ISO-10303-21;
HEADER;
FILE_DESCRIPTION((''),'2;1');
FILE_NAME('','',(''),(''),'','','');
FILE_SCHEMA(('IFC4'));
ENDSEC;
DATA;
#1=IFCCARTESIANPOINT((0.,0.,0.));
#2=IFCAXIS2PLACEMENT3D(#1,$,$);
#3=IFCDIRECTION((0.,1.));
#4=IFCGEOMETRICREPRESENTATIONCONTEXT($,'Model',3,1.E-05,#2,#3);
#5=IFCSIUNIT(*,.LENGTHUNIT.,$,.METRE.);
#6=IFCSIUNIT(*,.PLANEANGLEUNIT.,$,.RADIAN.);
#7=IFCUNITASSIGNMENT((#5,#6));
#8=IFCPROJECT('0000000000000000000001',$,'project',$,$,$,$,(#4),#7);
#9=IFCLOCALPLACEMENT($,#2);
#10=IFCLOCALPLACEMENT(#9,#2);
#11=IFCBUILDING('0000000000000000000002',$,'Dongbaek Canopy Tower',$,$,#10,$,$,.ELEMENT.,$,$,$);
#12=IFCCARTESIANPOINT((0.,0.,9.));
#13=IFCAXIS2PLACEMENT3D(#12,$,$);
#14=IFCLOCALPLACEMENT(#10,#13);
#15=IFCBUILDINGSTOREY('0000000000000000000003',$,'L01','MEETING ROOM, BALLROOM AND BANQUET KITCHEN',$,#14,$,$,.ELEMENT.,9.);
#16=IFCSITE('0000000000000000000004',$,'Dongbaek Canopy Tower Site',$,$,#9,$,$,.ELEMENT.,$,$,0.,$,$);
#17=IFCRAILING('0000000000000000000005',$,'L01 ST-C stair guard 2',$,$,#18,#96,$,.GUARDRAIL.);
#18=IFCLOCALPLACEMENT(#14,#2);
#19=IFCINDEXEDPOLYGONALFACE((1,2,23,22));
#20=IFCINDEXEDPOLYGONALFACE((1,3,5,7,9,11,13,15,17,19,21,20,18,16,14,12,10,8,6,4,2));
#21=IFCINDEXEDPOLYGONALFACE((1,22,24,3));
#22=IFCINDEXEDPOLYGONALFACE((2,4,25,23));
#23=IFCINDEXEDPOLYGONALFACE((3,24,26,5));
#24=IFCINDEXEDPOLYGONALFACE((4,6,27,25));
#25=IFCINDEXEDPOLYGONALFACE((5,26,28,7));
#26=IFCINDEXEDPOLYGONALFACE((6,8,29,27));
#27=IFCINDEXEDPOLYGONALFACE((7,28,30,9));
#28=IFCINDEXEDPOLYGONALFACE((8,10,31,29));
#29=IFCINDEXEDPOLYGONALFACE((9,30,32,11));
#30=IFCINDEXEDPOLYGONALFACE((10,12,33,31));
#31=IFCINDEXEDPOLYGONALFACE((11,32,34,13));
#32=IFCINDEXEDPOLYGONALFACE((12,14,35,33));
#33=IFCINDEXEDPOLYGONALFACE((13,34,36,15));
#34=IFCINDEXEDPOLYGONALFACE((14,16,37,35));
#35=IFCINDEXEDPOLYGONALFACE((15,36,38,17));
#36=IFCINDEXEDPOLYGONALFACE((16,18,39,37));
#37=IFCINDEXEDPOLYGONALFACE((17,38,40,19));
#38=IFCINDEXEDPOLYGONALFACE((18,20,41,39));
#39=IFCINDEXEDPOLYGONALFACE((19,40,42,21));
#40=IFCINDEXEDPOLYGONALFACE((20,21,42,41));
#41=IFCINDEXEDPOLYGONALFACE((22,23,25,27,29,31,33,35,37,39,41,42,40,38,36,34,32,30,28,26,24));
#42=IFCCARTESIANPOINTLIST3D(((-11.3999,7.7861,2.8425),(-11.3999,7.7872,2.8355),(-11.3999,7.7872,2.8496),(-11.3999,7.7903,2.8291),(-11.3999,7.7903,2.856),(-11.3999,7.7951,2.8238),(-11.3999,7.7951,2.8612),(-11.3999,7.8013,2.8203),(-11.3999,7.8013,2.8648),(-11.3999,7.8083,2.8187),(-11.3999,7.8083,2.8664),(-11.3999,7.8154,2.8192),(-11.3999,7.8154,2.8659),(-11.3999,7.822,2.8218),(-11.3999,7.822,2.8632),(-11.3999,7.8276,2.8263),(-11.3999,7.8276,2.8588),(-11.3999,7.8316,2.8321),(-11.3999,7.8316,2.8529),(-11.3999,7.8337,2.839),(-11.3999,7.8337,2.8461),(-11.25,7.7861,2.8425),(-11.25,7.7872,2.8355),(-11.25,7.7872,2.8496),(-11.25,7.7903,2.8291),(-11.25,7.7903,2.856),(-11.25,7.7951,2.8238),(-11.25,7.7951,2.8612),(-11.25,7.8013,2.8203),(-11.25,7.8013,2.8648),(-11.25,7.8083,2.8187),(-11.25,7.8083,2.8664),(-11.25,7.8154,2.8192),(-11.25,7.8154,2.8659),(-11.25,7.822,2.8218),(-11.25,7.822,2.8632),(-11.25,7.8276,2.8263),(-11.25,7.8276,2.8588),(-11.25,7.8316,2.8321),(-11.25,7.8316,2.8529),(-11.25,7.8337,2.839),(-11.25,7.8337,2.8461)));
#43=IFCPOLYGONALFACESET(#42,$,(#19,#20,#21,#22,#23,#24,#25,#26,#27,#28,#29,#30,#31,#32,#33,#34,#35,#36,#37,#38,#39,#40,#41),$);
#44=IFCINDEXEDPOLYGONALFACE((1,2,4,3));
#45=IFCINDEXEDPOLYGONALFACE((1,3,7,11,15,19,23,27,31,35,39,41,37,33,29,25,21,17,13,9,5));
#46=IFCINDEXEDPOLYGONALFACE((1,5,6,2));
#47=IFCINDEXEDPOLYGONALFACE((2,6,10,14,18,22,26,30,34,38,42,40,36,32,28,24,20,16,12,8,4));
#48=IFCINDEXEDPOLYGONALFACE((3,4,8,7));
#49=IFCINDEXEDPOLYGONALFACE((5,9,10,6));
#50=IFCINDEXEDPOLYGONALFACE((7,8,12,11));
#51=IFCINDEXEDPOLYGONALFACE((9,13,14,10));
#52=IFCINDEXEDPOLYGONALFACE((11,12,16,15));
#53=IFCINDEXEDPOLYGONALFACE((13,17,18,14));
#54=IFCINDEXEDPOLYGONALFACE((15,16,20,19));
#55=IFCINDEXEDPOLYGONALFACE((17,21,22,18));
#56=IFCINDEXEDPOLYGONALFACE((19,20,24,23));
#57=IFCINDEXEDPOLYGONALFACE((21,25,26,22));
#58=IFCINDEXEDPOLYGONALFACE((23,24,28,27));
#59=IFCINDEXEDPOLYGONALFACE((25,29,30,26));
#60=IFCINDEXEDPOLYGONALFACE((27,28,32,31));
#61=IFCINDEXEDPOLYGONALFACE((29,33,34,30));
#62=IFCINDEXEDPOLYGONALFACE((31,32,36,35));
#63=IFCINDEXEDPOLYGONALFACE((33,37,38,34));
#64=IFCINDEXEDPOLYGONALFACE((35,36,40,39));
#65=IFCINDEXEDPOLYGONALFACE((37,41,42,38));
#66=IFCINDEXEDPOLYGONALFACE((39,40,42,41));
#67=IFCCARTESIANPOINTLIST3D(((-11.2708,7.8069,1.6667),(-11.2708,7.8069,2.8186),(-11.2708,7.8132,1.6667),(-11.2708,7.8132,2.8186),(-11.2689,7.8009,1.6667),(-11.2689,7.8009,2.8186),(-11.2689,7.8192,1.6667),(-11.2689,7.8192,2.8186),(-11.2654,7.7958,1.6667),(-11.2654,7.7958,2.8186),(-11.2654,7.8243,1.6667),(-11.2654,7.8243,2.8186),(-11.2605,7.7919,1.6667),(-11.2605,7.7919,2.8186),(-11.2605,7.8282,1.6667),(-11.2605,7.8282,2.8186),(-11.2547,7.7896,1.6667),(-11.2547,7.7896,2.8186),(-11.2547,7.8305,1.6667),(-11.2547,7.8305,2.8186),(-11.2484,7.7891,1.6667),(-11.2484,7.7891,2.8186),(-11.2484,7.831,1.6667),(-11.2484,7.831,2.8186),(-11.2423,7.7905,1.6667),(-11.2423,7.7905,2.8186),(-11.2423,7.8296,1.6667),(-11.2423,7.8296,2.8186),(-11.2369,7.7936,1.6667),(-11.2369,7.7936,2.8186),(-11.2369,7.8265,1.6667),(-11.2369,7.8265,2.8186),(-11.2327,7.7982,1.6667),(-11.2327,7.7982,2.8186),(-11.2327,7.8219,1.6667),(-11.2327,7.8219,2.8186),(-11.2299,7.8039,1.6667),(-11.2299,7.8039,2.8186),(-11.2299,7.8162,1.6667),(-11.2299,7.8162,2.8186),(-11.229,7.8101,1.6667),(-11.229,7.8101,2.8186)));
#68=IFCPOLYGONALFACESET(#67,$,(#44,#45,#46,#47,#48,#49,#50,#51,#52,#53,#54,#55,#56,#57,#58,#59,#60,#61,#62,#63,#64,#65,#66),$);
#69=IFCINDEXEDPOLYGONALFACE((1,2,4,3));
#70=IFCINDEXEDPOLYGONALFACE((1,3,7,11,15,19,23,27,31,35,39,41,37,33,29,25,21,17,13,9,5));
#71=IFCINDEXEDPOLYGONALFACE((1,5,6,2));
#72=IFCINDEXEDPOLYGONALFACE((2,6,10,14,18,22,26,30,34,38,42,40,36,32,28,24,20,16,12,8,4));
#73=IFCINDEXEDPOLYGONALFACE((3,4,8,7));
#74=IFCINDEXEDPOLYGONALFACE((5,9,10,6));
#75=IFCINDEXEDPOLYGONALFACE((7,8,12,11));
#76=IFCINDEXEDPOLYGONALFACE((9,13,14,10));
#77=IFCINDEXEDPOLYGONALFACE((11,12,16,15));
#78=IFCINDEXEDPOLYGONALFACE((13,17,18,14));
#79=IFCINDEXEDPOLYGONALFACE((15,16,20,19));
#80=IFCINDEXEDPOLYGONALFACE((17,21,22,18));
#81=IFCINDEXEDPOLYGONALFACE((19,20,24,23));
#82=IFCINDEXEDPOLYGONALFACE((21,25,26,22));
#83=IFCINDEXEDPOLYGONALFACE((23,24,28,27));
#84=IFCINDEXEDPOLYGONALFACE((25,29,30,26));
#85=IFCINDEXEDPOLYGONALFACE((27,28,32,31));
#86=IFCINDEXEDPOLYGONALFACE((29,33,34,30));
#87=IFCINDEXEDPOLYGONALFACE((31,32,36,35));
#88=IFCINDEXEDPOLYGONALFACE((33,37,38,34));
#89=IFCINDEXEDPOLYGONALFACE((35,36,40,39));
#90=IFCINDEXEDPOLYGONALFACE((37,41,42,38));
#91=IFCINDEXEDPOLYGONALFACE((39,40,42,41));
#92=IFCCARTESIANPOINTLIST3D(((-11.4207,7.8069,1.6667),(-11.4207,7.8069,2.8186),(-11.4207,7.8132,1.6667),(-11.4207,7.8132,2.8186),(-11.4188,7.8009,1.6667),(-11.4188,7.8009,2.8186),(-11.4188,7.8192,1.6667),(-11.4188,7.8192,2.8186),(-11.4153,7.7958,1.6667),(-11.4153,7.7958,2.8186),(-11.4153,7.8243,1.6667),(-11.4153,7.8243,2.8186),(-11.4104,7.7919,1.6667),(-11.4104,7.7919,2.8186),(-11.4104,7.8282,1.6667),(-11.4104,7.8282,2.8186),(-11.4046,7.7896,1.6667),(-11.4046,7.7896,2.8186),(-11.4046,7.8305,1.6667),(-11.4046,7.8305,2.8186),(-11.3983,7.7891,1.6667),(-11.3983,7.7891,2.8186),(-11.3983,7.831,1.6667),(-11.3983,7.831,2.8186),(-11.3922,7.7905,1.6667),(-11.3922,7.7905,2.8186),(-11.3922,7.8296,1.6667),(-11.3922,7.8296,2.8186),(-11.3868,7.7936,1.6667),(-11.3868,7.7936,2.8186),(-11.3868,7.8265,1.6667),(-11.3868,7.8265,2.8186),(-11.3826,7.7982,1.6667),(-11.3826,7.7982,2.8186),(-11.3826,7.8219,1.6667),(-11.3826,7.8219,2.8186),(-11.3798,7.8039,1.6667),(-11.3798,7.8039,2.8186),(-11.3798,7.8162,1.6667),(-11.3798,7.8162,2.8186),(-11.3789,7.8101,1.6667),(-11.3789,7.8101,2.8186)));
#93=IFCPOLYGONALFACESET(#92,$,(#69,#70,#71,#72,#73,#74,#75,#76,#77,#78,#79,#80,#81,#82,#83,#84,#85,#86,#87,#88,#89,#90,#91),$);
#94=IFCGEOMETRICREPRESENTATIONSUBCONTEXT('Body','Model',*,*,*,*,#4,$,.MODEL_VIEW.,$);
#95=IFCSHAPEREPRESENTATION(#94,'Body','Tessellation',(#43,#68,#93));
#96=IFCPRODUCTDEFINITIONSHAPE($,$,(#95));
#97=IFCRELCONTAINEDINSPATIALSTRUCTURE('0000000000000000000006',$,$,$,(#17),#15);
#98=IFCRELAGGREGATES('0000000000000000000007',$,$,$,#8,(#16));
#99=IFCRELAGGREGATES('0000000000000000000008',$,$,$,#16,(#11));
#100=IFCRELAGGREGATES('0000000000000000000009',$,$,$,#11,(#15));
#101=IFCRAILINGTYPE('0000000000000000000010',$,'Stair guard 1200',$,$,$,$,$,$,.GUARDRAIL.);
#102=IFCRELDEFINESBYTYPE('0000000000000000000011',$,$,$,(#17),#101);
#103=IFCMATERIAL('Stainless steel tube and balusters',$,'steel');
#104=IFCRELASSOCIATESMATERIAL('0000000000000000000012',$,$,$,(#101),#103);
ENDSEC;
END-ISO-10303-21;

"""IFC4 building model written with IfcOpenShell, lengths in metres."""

from ifc_helpers import new_model, si_unit, direction, frame, origin, origin_2d, place, context, subcontext, project, spatial, circle, extrude, material, type_object, element, save


model = new_model("IFC4")

# Units and contexts
model_context = context("Model", 3, precision=1e-05, world=origin(), true_north=direction((0.0, 1.0)))
body_context = subcontext(model_context, "Body", "Model", "MODEL_VIEW")
ifc_project = project(units=[si_unit("LENGTHUNIT", "METRE"), si_unit("PLANEANGLEUNIT", "RADIAN")], contexts=[model_context])

# Site, building, storey
site_placement = place(None, origin())
site = spatial("IfcSite", under=ifc_project, at=site_placement, Name="Dongbaek Canopy Tower Site", CompositionType="ELEMENT", RefElevation=0.0)
building_placement = place(site_placement, origin())
building = spatial("IfcBuilding", under=site, at=building_placement, Name="Dongbaek Canopy Tower", CompositionType="ELEMENT")
storey_placement = place(building_placement, frame((0.0, 0.0, 9.0)))
storey = spatial("IfcBuildingStorey", under=building, at=storey_placement, Name="L01", Description="MEETING ROOM, BALLROOM AND BANQUET KITCHEN", CompositionType="ELEMENT", Elevation=9.0)

# Railing
ifc_material_1 = material(Name="Stainless steel tube and balusters", Category="steel")
railing_type_1 = type_object("IfcRailingType", Name="Stair guard 1200", PredefinedType="GUARDRAIL", material=ifc_material_1)
railing_1_placement = place(storey_placement, frame((-11.25, 7.8101, 1.6667)))
element("IfcRailing", 1, at=railing_1_placement, inside=storey, type_object=railing_type_1, Name="L01 ST-C stair guard 2", PredefinedType="GUARDRAIL", context=body_context, shape_type="SweptSolid", body=[
    extrude(circle(Radius=0.0239, at=origin_2d()), frame((0.0, 0.0, 1.1758), z_axis=(-1.0, 0.0, 0.0), x_axis=(0.0, -1.0, 0.0)), (0.0, 0.0, 1.0), 0.1499),
    extrude(circle(Radius=0.021, at=origin_2d()), origin(), (0.0, 0.0, 1.0), 1.1519),
    extrude(circle(Radius=0.021, at=origin_2d()), frame((-0.1499, 0.0, 0.0)), (0.0, 0.0, 1.0), 1.1519),
])

save(model, "model.ifc")
